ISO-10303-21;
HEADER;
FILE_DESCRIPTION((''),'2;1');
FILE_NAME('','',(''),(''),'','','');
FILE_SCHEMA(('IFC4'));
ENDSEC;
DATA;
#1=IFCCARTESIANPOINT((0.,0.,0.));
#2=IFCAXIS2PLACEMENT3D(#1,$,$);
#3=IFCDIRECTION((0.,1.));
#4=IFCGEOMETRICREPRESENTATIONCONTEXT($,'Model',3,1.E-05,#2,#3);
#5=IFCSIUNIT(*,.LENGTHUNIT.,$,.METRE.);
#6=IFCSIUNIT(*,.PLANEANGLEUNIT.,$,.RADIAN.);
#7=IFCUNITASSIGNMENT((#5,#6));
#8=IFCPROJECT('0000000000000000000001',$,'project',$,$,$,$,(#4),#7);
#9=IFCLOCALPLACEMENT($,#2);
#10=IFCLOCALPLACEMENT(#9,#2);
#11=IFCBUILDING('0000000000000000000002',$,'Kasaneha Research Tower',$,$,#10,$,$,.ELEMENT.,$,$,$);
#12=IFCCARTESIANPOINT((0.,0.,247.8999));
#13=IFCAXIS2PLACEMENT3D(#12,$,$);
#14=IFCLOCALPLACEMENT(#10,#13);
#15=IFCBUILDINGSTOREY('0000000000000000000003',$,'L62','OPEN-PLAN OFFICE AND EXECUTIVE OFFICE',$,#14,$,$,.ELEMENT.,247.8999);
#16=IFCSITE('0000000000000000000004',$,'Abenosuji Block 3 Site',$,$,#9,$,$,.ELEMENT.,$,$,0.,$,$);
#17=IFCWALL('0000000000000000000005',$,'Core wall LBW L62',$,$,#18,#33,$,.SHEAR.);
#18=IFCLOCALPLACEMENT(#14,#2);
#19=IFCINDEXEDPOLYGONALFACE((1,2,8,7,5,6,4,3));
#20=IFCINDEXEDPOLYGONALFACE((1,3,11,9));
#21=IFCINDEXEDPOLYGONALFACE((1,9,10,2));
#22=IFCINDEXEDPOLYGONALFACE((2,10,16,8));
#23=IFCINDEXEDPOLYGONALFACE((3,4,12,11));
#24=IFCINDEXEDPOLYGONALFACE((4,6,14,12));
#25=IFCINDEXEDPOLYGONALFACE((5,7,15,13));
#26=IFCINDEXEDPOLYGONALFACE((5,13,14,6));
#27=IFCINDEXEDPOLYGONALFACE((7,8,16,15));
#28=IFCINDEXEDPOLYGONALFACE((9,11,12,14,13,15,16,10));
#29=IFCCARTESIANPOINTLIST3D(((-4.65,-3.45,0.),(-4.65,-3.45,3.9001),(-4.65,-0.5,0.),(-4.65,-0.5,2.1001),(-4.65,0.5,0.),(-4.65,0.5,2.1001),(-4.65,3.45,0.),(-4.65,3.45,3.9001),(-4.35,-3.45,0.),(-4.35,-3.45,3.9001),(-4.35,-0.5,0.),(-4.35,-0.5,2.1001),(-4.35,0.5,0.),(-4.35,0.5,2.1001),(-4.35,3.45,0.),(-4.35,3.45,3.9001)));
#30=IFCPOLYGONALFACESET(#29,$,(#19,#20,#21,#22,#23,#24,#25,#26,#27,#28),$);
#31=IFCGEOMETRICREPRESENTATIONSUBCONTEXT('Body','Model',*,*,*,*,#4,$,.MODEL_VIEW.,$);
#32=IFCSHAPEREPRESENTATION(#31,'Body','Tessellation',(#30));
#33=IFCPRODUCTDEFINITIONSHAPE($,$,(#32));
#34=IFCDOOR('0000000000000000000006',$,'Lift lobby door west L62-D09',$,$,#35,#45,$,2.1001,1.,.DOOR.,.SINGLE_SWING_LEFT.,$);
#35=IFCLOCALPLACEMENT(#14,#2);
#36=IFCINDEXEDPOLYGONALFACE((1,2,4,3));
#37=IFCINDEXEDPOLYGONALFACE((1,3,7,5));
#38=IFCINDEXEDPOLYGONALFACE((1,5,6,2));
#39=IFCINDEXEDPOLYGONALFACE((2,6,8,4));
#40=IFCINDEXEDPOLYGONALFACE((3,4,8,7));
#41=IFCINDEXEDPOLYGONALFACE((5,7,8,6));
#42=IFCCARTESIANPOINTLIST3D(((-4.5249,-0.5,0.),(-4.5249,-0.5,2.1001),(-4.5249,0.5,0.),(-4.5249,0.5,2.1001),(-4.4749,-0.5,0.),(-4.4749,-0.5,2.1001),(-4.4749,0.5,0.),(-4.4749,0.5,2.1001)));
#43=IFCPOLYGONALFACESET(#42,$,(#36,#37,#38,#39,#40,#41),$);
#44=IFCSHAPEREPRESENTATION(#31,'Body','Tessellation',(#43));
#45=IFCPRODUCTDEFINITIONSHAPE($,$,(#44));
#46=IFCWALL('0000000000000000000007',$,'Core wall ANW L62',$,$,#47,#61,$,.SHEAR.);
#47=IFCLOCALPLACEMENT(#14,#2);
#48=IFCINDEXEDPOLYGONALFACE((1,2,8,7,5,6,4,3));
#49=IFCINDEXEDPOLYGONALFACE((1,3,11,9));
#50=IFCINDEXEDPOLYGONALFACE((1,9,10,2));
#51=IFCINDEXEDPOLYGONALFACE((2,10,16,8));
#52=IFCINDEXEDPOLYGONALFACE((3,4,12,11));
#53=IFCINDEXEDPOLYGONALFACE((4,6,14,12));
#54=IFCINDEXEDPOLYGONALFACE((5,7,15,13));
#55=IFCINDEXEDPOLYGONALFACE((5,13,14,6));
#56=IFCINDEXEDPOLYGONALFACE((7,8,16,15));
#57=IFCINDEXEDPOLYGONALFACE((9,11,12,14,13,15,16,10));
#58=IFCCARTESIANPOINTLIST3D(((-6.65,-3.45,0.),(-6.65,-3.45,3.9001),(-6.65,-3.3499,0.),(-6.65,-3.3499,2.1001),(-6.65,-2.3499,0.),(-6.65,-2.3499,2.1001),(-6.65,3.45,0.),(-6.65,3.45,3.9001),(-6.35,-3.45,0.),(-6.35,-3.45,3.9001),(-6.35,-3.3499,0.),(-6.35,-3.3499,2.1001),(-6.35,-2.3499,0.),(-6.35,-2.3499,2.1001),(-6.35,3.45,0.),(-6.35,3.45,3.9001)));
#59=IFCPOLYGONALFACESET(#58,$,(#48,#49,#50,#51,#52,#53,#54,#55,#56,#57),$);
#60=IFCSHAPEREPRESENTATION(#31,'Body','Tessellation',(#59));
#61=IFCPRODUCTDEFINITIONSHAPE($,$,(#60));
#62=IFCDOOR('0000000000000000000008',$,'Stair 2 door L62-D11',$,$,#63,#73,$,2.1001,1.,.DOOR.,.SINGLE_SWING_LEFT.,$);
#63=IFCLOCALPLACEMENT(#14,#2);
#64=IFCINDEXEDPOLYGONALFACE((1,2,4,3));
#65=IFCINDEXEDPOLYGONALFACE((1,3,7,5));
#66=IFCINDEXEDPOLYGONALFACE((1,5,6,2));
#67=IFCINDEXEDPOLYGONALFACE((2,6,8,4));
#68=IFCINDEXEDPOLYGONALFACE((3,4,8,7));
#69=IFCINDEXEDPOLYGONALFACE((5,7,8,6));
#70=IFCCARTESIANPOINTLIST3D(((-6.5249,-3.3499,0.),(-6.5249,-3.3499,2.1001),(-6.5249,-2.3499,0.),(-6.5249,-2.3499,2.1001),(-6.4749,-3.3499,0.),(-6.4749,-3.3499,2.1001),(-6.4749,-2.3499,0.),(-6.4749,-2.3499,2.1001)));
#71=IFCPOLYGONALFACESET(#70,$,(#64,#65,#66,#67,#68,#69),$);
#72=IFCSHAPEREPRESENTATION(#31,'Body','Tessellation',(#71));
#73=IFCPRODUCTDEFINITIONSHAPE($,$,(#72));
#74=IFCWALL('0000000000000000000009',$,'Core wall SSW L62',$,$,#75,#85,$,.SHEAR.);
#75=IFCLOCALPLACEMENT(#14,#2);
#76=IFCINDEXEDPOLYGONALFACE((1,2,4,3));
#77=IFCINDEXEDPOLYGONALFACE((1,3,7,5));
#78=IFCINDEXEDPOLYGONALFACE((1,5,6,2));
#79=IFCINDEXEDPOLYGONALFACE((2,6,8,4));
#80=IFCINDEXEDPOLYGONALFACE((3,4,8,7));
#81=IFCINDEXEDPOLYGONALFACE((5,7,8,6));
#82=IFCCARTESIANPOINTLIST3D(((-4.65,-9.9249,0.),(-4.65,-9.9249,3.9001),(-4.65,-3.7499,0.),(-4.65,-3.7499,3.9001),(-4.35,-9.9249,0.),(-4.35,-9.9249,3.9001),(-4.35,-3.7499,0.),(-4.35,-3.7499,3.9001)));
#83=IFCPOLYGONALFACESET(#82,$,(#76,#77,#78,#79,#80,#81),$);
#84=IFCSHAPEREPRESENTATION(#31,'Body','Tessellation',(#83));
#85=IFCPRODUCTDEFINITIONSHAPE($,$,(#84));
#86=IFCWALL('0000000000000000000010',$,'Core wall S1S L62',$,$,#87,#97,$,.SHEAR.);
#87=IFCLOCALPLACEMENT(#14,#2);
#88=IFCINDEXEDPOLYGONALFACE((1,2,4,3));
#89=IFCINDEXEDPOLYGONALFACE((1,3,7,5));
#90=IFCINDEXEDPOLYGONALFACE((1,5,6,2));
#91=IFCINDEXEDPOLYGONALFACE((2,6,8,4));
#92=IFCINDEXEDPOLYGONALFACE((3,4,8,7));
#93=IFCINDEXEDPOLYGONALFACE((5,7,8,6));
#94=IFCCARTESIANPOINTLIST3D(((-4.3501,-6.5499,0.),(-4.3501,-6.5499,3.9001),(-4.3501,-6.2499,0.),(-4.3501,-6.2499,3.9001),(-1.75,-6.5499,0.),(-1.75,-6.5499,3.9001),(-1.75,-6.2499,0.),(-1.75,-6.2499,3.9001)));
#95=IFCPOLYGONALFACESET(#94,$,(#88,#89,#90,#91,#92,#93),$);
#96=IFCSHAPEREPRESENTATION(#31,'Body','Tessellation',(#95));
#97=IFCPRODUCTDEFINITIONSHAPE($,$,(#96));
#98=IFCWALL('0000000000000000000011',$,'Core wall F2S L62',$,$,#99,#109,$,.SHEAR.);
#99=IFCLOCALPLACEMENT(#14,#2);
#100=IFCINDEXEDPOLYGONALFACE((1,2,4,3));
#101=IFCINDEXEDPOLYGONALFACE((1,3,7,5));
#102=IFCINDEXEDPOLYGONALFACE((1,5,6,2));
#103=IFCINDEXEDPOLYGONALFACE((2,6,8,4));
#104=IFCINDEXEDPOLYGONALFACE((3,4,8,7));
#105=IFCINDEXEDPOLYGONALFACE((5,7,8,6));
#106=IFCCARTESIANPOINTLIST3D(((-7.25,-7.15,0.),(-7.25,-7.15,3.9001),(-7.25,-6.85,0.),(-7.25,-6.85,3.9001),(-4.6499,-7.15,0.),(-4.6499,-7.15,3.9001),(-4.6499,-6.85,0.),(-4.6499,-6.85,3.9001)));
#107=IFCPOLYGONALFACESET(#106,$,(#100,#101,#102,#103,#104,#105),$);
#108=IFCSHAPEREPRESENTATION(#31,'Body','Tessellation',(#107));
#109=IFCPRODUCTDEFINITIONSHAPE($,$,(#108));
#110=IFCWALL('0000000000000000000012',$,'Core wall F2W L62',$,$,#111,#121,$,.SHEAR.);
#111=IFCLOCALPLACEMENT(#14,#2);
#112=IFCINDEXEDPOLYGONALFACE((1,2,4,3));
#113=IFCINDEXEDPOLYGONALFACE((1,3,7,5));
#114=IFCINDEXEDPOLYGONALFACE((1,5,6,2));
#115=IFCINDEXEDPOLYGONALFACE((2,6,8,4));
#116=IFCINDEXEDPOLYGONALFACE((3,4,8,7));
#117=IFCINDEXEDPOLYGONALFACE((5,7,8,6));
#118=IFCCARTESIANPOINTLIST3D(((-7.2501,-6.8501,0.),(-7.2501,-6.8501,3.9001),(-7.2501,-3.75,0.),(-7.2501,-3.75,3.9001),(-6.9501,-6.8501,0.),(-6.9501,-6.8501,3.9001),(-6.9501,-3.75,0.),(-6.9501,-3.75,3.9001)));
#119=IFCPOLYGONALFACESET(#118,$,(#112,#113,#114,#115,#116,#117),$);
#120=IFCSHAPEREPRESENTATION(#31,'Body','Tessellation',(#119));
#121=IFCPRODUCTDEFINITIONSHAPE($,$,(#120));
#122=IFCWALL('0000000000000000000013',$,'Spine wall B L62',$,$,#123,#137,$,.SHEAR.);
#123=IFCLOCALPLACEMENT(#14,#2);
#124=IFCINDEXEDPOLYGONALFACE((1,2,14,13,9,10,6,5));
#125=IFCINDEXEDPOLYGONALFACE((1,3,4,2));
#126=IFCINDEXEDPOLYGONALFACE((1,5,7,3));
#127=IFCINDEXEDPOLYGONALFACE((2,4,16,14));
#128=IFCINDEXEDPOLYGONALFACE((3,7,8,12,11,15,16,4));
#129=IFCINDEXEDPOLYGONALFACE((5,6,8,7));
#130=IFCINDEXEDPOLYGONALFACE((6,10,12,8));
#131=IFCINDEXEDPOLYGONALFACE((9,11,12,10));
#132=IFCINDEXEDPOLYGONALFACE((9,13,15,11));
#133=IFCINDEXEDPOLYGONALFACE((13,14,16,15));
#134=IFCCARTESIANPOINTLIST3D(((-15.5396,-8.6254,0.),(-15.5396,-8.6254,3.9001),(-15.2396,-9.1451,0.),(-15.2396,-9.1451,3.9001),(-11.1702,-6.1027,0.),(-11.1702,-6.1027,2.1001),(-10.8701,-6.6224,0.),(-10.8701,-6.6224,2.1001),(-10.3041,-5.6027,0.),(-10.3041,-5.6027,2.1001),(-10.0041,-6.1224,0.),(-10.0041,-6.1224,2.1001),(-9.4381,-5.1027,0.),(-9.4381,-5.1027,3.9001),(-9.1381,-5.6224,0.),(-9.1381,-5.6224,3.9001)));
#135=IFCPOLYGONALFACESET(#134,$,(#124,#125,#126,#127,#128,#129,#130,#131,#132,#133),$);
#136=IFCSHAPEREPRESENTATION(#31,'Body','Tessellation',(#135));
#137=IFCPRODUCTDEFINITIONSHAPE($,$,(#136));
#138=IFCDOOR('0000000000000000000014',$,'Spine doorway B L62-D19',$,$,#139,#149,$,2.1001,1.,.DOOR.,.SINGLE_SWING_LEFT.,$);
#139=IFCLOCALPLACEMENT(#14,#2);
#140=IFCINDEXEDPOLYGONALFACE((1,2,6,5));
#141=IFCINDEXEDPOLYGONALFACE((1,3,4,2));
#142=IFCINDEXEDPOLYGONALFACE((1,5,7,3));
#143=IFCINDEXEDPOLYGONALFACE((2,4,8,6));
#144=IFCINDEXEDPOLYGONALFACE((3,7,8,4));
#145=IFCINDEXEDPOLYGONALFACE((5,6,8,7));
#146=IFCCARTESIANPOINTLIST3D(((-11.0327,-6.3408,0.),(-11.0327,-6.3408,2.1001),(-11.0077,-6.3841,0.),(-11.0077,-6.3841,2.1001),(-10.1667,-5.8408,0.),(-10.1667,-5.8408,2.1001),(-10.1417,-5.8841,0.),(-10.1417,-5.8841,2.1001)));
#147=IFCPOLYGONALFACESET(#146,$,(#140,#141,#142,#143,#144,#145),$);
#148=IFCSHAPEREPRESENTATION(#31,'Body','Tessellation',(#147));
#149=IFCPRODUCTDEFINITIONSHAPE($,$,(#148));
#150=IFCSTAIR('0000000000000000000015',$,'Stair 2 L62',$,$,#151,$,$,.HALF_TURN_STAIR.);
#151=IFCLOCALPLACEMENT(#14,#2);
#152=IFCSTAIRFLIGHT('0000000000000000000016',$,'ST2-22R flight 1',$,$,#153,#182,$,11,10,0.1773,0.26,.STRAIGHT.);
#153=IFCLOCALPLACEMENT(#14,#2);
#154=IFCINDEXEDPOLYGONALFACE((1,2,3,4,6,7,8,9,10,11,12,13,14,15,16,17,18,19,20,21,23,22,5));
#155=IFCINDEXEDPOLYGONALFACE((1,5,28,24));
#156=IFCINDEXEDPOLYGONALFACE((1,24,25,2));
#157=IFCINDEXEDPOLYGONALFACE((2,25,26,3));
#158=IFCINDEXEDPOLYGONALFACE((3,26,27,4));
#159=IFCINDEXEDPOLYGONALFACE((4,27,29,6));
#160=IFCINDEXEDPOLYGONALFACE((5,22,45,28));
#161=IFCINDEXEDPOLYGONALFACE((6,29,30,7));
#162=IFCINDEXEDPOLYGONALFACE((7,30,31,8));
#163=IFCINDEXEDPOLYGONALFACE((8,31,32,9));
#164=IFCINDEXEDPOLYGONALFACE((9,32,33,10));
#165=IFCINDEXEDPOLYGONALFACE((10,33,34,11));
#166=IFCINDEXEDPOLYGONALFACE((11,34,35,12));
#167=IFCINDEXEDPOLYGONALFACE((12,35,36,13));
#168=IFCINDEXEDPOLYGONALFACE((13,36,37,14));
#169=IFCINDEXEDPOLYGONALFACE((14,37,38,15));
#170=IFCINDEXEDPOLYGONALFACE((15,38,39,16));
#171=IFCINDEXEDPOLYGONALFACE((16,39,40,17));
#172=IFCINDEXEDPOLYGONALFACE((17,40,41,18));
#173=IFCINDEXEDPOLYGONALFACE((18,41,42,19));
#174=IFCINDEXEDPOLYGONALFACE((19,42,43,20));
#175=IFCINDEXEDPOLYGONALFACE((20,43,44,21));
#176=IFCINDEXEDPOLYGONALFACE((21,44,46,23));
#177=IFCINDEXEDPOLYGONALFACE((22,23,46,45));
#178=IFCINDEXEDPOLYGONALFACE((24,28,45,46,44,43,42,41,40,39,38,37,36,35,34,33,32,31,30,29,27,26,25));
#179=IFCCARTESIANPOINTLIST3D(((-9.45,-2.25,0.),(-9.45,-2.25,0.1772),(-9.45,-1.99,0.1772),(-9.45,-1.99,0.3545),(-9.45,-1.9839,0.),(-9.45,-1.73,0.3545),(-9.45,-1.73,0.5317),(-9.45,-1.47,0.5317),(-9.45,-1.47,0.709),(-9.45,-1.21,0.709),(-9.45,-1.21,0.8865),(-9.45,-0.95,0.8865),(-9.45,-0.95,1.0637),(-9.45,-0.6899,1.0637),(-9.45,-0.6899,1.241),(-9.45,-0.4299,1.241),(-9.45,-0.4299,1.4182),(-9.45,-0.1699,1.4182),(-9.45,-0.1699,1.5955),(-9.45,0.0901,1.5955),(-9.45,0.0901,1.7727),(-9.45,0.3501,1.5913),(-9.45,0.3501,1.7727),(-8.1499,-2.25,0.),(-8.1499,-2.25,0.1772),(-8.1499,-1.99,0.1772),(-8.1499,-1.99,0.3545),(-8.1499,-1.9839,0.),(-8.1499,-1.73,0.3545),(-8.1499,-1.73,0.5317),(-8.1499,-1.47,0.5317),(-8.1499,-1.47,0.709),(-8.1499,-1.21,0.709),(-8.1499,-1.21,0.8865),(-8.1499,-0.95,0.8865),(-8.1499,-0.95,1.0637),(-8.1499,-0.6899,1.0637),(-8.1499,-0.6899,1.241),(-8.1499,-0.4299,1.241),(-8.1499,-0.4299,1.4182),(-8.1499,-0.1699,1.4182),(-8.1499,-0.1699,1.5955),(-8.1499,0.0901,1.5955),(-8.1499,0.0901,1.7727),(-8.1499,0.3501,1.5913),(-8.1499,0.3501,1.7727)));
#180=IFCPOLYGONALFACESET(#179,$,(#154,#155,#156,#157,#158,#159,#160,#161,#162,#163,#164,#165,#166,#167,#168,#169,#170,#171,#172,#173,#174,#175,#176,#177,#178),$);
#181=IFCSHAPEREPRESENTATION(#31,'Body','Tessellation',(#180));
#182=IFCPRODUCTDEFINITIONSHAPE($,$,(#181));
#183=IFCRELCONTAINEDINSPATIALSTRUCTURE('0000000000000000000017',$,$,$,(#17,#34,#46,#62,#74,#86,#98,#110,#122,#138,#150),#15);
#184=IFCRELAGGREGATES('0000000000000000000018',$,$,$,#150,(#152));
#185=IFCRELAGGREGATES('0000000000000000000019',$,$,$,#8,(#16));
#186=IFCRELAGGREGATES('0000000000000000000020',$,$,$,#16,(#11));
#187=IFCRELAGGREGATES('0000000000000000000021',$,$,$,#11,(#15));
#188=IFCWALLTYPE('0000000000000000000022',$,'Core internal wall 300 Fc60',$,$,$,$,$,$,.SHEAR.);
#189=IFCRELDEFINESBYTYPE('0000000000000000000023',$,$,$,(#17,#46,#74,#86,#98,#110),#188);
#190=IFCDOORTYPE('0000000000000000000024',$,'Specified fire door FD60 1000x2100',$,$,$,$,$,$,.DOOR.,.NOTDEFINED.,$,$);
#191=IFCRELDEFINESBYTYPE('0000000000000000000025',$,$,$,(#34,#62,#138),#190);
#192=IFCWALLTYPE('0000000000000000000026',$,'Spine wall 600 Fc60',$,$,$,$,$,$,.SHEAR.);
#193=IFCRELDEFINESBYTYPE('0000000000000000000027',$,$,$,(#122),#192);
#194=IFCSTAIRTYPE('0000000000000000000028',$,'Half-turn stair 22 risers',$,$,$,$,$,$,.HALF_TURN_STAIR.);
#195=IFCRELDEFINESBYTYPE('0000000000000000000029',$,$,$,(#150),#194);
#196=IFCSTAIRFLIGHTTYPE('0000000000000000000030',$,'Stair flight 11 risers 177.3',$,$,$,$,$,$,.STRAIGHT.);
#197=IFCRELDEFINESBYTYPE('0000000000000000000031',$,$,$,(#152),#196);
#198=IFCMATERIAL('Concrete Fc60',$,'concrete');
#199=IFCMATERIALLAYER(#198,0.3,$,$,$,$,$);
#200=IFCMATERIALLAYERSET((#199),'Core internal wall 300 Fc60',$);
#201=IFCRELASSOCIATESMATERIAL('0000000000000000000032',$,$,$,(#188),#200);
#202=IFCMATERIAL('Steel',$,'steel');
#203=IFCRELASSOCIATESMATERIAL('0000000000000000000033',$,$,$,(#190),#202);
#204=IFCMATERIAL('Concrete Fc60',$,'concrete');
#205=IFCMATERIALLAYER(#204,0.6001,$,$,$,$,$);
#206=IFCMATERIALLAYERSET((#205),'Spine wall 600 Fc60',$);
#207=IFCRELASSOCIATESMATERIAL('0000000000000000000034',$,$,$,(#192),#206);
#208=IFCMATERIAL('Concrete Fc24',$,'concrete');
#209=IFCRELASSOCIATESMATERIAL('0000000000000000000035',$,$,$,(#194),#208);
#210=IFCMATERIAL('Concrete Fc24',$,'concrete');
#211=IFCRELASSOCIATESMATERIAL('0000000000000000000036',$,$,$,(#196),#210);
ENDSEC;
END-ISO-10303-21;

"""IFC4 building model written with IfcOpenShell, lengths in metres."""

from ifc_helpers import new_model, si_unit, direction, frame, frame_2d, origin, place, context, subcontext, project, spatial, polyline, rectangle, outline, extrude, material, layer, layer_set, type_object, element, fill, aggregate, save


model = new_model("IFC4")

# Units and contexts
model_context = context("Model", 3, precision=1e-05, world=origin(), true_north=direction((0.0, 1.0)))
body_context = subcontext(model_context, "Body", "Model", "MODEL_VIEW")
ifc_project = project(units=[si_unit("LENGTHUNIT", "METRE"), si_unit("PLANEANGLEUNIT", "RADIAN")], contexts=[model_context])

# Site, building, storey
site_placement = place(None, origin())
site = spatial("IfcSite", under=ifc_project, at=site_placement, Name="Abenosuji Block 3 Site", CompositionType="ELEMENT", RefElevation=0.0)
building_placement = place(site_placement, origin())
building = spatial("IfcBuilding", under=site, at=building_placement, Name="Kasaneha Research Tower", CompositionType="ELEMENT")
storey_placement = place(building_placement, frame((0.0, 0.0, 247.8999)))
storey = spatial("IfcBuildingStorey", under=building, at=storey_placement, Name="L62", Description="OPEN-PLAN OFFICE AND EXECUTIVE OFFICE", CompositionType="ELEMENT", Elevation=247.8999)

# Shared definitions
ifc_material_1 = material(Name="Concrete Fc60", Category="concrete")
ifc_layer_1 = layer(ifc_material_1, 0.3)
ifc_layer_set_1 = layer_set([ifc_layer_1], Name="Core internal wall 300 Fc60")
wall_type_1 = type_object("IfcWallType", Name="Core internal wall 300 Fc60", PredefinedType="SHEAR", material=ifc_layer_set_1)

# Walls, openings, doors
wall_1_placement = place(storey_placement, frame((-4.5, -3.45, 0.0), z_axis=(0.0, 0.0, 1.0), x_axis=(0.0, 1.0, 0.0)))
wall_1 = element("IfcWall", 1, at=wall_1_placement, inside=storey, type_object=wall_type_1, Name="Core wall LBW L62", PredefinedType="SHEAR", context=body_context, shape_type="SweptSolid", body=[
    extrude(rectangle(XDim=6.8999, YDim=0.3, at=frame_2d((3.45, 0.0))), origin(), (0.0, 0.0, 1.0), 3.9001),
])
opening_1_placement = place(wall_1_placement, frame((2.95, 0.0, 0.0)))
opening_1 = element("IfcOpeningElement", 2, at=opening_1_placement, cuts=wall_1, PredefinedType="OPENING", context=body_context, shape_type="SweptSolid", body=[
    extrude(rectangle(XDim=1.0, YDim=2.1001, at=frame_2d((0.5, 1.05))), frame((0.0, 0.1602, 0.0), z_axis=(0.0, -1.0, 0.0), x_axis=(1.0, 0.0, 0.0)), (0.0, 0.0, 1.0), 0.3201),
])
ifc_material_2 = material(Name="Steel", Category="steel")
door_type_1 = type_object("IfcDoorType", Name="Specified fire door FD60 1000x2100", OperationType="NOTDEFINED", PredefinedType="DOOR", material=ifc_material_2)
door_1_placement = place(opening_1_placement, origin())
door_1 = element("IfcDoor", 3, at=door_1_placement, inside=storey, type_object=door_type_1, Name="Lift lobby door west L62-D09", OperationType="SINGLE_SWING_LEFT", OverallHeight=2.1001, OverallWidth=1.0, PredefinedType="DOOR", context=body_context, shape_type="SweptSolid", body=[
    extrude(rectangle(XDim=1.0, YDim=2.1001, at=frame_2d((0.5, 1.05))), frame((0.0, 0.0249, 0.0), z_axis=(0.0, -1.0, 0.0), x_axis=(1.0, 0.0, 0.0)), (0.0, 0.0, 1.0), 0.05),
])
fill(opening_1, door_1)
wall_2_placement = place(storey_placement, frame((-6.5, -3.45, 0.0), z_axis=(0.0, 0.0, 1.0), x_axis=(0.0, 1.0, 0.0)))
wall_2 = element("IfcWall", 4, at=wall_2_placement, inside=storey, type_object=wall_type_1, Name="Core wall ANW L62", PredefinedType="SHEAR", context=body_context, shape_type="SweptSolid", body=[
    extrude(rectangle(XDim=6.8999, YDim=0.3, at=frame_2d((3.45, 0.0))), origin(), (0.0, 0.0, 1.0), 3.9001),
])
opening_2_placement = place(wall_2_placement, frame((0.1001, 0.0, 0.0)))
opening_2 = element("IfcOpeningElement", 5, at=opening_2_placement, cuts=wall_2, PredefinedType="OPENING", context=body_context, shape_type="SweptSolid", body=[
    extrude(rectangle(XDim=1.0, YDim=2.1001, at=frame_2d((0.5, 1.05))), frame((0.0, 0.1602, 0.0), z_axis=(0.0, -1.0, 0.0), x_axis=(1.0, 0.0, 0.0)), (0.0, 0.0, 1.0), 0.3201),
])
door_2_placement = place(opening_2_placement, origin())
door_2 = element("IfcDoor", 6, at=door_2_placement, inside=storey, type_object=door_type_1, Name="Stair 2 door L62-D11", OperationType="SINGLE_SWING_LEFT", OverallHeight=2.1001, OverallWidth=1.0, PredefinedType="DOOR", context=body_context, shape_type="SweptSolid", body=[
    extrude(rectangle(XDim=1.0, YDim=2.1001, at=frame_2d((0.5, 1.05))), frame((0.0, 0.0249, 0.0), z_axis=(0.0, -1.0, 0.0), x_axis=(1.0, 0.0, 0.0)), (0.0, 0.0, 1.0), 0.05),
])
fill(opening_2, door_2)

# Walls
wall_3_placement = place(storey_placement, frame((-4.5, -3.75, 0.0), z_axis=(0.0, 0.0, 1.0), x_axis=(0.0, -1.0, 0.0)))
element("IfcWall", 7, at=wall_3_placement, inside=storey, type_object=wall_type_1, Name="Core wall SSW L62", PredefinedType="SHEAR", context=body_context, shape_type="SweptSolid", body=[
    extrude(rectangle(XDim=6.175, YDim=0.3, at=frame_2d((3.0874, 0.0))), origin(), (0.0, 0.0, 1.0), 3.9001),
])
for number, where, z_axis, x_axis, name in (
    (8, (-4.3501, -6.3999, 0.0), (0.0, 0.0, 1.0), (1.0, 0.0, 0.0), "Core wall S1S L62"),
    (9, (-7.25, -7.0, 0.0), (0.0, 0.0, 1.0), (1.0, 0.0, 0.0), "Core wall F2S L62"),
):
    element("IfcWall", number, at=place(storey_placement, frame(where, z_axis=z_axis, x_axis=x_axis)), inside=storey, type_object=wall_type_1, Name=name, PredefinedType="SHEAR", context=body_context, shape_type="SweptSolid", body=[
        extrude(rectangle(XDim=2.6001, YDim=0.3, at=frame_2d((1.3, 0.0))), origin(), (0.0, 0.0, 1.0), 3.9001),
    ])
wall_4_placement = place(storey_placement, frame((-7.1001, -3.75, 0.0), z_axis=(0.0, 0.0, 1.0), x_axis=(0.0, -1.0, 0.0)))
element("IfcWall", 10, at=wall_4_placement, inside=storey, type_object=wall_type_1, Name="Core wall F2W L62", PredefinedType="SHEAR", context=body_context, shape_type="SweptSolid", body=[
    extrude(rectangle(XDim=3.1001, YDim=0.3, at=frame_2d((1.55, 0.0))), origin(), (0.0, 0.0, 1.0), 3.9001),
])

# Wall, opening, door
ifc_material_3 = material(Name="Concrete Fc60", Category="concrete")
ifc_layer_2 = layer(ifc_material_3, 0.6001)
ifc_layer_set_2 = layer_set([ifc_layer_2], Name="Spine wall 600 Fc60")
wall_type_2 = type_object("IfcWallType", Name="Spine wall 600 Fc60", PredefinedType="SHEAR", material=ifc_layer_set_2)
wall_5_placement = place(storey_placement, frame((-9.2881, -5.3625, 0.0), z_axis=(0.0, 0.0, 1.0), x_axis=(-0.866027, -0.499996, 0.0)))
wall_5 = element("IfcWall", 11, at=wall_5_placement, inside=storey, type_object=wall_type_2, Name="Spine wall B L62", PredefinedType="SHEAR", context=body_context, shape_type="SweptSolid", body=[
    extrude(rectangle(XDim=7.0454, YDim=0.6001, at=frame_2d((3.5227, 0.0))), origin(), (0.0, 0.0, 1.0), 3.9001),
])
opening_3_placement = place(wall_5_placement, frame((1.0, 0.0, 0.0)))
opening_3 = element("IfcOpeningElement", 12, at=opening_3_placement, cuts=wall_5, PredefinedType="OPENING", context=body_context, shape_type="SweptSolid", body=[
    extrude(rectangle(XDim=1.0, YDim=2.1001, at=frame_2d((0.5, 1.05))), frame((0.0, 0.3101, 0.0), z_axis=(0.0, -1.0, 0.0), x_axis=(1.0, 0.0, 0.0)), (0.0, 0.0, 1.0), 0.6201),
])
door_3_placement = place(opening_3_placement, origin())
door_3 = element("IfcDoor", 13, at=door_3_placement, inside=storey, type_object=door_type_1, Name="Spine doorway B L62-D19", OperationType="SINGLE_SWING_LEFT", OverallHeight=2.1001, OverallWidth=1.0, PredefinedType="DOOR", context=body_context, shape_type="SweptSolid", body=[
    extrude(rectangle(XDim=1.0, YDim=2.1001, at=frame_2d((0.5, 1.05))), frame((0.0, 0.0249, 0.0), z_axis=(0.0, -1.0, 0.0), x_axis=(1.0, 0.0, 0.0)), (0.0, 0.0, 1.0), 0.05),
])
fill(opening_3, door_3)

# Stair, stair flight
ifc_material_4 = material(Name="Concrete Fc24", Category="concrete")
stair_type = type_object("IfcStairType", Name="Half-turn stair 22 risers", PredefinedType="HALF_TURN_STAIR", material=ifc_material_4)
stair_placement = place(storey_placement, origin())
stair = element("IfcStair", 14, at=stair_placement, inside=storey, type_object=stair_type, Name="Stair 2 L62", PredefinedType="HALF_TURN_STAIR")
ifc_material_5 = material(Name="Concrete Fc24", Category="concrete")
stair_flight_type = type_object("IfcStairFlightType", Name="Stair flight 11 risers 177.3", PredefinedType="STRAIGHT", material=ifc_material_5)
stair_flight_placement = place(storey_placement, frame((-8.8, -2.25, 0.0), z_axis=(0.0, 0.0, 1.0), x_axis=(0.0, 1.0, 0.0)))
stair_flight = element("IfcStairFlight", 15, at=stair_flight_placement, type_object=stair_flight_type, Name="ST2-22R flight 1", NumberOfRisers=11, NumberOfTreads=10, PredefinedType="STRAIGHT", RiserHeight=0.1773, TreadLength=0.26, context=body_context, shape_type="SweptSolid", body=[
    extrude(outline(polyline([(0.0, 0.0), (0.0, 0.1772), (0.26, 0.1772), (0.26, 0.3545), (0.52, 0.3545), (0.52, 0.5317), (0.78, 0.5317), (0.78, 0.709), (1.04, 0.709), (1.04, 0.8865), (1.3, 0.8865), (1.3, 1.0637), (1.5601, 1.0637), (1.5601, 1.241), (1.8201, 1.241), (1.8201, 1.4182), (2.0801, 1.4182), (2.0801, 1.5955), (2.3401, 1.5955), (2.3401, 1.7727), (2.6001, 1.7727), (2.6001, 1.95), (2.6001, 1.5913), (0.2661, 0.0), (0.0, 0.0)])), frame((0.0, 0.6499, 0.0), z_axis=(0.0, -1.0, 0.0), x_axis=(1.0, 0.0, 0.0)), (0.0, 0.0, 1.0), 1.3),
])
aggregate(stair, [stair_flight])

save(model, "model.ifc")
